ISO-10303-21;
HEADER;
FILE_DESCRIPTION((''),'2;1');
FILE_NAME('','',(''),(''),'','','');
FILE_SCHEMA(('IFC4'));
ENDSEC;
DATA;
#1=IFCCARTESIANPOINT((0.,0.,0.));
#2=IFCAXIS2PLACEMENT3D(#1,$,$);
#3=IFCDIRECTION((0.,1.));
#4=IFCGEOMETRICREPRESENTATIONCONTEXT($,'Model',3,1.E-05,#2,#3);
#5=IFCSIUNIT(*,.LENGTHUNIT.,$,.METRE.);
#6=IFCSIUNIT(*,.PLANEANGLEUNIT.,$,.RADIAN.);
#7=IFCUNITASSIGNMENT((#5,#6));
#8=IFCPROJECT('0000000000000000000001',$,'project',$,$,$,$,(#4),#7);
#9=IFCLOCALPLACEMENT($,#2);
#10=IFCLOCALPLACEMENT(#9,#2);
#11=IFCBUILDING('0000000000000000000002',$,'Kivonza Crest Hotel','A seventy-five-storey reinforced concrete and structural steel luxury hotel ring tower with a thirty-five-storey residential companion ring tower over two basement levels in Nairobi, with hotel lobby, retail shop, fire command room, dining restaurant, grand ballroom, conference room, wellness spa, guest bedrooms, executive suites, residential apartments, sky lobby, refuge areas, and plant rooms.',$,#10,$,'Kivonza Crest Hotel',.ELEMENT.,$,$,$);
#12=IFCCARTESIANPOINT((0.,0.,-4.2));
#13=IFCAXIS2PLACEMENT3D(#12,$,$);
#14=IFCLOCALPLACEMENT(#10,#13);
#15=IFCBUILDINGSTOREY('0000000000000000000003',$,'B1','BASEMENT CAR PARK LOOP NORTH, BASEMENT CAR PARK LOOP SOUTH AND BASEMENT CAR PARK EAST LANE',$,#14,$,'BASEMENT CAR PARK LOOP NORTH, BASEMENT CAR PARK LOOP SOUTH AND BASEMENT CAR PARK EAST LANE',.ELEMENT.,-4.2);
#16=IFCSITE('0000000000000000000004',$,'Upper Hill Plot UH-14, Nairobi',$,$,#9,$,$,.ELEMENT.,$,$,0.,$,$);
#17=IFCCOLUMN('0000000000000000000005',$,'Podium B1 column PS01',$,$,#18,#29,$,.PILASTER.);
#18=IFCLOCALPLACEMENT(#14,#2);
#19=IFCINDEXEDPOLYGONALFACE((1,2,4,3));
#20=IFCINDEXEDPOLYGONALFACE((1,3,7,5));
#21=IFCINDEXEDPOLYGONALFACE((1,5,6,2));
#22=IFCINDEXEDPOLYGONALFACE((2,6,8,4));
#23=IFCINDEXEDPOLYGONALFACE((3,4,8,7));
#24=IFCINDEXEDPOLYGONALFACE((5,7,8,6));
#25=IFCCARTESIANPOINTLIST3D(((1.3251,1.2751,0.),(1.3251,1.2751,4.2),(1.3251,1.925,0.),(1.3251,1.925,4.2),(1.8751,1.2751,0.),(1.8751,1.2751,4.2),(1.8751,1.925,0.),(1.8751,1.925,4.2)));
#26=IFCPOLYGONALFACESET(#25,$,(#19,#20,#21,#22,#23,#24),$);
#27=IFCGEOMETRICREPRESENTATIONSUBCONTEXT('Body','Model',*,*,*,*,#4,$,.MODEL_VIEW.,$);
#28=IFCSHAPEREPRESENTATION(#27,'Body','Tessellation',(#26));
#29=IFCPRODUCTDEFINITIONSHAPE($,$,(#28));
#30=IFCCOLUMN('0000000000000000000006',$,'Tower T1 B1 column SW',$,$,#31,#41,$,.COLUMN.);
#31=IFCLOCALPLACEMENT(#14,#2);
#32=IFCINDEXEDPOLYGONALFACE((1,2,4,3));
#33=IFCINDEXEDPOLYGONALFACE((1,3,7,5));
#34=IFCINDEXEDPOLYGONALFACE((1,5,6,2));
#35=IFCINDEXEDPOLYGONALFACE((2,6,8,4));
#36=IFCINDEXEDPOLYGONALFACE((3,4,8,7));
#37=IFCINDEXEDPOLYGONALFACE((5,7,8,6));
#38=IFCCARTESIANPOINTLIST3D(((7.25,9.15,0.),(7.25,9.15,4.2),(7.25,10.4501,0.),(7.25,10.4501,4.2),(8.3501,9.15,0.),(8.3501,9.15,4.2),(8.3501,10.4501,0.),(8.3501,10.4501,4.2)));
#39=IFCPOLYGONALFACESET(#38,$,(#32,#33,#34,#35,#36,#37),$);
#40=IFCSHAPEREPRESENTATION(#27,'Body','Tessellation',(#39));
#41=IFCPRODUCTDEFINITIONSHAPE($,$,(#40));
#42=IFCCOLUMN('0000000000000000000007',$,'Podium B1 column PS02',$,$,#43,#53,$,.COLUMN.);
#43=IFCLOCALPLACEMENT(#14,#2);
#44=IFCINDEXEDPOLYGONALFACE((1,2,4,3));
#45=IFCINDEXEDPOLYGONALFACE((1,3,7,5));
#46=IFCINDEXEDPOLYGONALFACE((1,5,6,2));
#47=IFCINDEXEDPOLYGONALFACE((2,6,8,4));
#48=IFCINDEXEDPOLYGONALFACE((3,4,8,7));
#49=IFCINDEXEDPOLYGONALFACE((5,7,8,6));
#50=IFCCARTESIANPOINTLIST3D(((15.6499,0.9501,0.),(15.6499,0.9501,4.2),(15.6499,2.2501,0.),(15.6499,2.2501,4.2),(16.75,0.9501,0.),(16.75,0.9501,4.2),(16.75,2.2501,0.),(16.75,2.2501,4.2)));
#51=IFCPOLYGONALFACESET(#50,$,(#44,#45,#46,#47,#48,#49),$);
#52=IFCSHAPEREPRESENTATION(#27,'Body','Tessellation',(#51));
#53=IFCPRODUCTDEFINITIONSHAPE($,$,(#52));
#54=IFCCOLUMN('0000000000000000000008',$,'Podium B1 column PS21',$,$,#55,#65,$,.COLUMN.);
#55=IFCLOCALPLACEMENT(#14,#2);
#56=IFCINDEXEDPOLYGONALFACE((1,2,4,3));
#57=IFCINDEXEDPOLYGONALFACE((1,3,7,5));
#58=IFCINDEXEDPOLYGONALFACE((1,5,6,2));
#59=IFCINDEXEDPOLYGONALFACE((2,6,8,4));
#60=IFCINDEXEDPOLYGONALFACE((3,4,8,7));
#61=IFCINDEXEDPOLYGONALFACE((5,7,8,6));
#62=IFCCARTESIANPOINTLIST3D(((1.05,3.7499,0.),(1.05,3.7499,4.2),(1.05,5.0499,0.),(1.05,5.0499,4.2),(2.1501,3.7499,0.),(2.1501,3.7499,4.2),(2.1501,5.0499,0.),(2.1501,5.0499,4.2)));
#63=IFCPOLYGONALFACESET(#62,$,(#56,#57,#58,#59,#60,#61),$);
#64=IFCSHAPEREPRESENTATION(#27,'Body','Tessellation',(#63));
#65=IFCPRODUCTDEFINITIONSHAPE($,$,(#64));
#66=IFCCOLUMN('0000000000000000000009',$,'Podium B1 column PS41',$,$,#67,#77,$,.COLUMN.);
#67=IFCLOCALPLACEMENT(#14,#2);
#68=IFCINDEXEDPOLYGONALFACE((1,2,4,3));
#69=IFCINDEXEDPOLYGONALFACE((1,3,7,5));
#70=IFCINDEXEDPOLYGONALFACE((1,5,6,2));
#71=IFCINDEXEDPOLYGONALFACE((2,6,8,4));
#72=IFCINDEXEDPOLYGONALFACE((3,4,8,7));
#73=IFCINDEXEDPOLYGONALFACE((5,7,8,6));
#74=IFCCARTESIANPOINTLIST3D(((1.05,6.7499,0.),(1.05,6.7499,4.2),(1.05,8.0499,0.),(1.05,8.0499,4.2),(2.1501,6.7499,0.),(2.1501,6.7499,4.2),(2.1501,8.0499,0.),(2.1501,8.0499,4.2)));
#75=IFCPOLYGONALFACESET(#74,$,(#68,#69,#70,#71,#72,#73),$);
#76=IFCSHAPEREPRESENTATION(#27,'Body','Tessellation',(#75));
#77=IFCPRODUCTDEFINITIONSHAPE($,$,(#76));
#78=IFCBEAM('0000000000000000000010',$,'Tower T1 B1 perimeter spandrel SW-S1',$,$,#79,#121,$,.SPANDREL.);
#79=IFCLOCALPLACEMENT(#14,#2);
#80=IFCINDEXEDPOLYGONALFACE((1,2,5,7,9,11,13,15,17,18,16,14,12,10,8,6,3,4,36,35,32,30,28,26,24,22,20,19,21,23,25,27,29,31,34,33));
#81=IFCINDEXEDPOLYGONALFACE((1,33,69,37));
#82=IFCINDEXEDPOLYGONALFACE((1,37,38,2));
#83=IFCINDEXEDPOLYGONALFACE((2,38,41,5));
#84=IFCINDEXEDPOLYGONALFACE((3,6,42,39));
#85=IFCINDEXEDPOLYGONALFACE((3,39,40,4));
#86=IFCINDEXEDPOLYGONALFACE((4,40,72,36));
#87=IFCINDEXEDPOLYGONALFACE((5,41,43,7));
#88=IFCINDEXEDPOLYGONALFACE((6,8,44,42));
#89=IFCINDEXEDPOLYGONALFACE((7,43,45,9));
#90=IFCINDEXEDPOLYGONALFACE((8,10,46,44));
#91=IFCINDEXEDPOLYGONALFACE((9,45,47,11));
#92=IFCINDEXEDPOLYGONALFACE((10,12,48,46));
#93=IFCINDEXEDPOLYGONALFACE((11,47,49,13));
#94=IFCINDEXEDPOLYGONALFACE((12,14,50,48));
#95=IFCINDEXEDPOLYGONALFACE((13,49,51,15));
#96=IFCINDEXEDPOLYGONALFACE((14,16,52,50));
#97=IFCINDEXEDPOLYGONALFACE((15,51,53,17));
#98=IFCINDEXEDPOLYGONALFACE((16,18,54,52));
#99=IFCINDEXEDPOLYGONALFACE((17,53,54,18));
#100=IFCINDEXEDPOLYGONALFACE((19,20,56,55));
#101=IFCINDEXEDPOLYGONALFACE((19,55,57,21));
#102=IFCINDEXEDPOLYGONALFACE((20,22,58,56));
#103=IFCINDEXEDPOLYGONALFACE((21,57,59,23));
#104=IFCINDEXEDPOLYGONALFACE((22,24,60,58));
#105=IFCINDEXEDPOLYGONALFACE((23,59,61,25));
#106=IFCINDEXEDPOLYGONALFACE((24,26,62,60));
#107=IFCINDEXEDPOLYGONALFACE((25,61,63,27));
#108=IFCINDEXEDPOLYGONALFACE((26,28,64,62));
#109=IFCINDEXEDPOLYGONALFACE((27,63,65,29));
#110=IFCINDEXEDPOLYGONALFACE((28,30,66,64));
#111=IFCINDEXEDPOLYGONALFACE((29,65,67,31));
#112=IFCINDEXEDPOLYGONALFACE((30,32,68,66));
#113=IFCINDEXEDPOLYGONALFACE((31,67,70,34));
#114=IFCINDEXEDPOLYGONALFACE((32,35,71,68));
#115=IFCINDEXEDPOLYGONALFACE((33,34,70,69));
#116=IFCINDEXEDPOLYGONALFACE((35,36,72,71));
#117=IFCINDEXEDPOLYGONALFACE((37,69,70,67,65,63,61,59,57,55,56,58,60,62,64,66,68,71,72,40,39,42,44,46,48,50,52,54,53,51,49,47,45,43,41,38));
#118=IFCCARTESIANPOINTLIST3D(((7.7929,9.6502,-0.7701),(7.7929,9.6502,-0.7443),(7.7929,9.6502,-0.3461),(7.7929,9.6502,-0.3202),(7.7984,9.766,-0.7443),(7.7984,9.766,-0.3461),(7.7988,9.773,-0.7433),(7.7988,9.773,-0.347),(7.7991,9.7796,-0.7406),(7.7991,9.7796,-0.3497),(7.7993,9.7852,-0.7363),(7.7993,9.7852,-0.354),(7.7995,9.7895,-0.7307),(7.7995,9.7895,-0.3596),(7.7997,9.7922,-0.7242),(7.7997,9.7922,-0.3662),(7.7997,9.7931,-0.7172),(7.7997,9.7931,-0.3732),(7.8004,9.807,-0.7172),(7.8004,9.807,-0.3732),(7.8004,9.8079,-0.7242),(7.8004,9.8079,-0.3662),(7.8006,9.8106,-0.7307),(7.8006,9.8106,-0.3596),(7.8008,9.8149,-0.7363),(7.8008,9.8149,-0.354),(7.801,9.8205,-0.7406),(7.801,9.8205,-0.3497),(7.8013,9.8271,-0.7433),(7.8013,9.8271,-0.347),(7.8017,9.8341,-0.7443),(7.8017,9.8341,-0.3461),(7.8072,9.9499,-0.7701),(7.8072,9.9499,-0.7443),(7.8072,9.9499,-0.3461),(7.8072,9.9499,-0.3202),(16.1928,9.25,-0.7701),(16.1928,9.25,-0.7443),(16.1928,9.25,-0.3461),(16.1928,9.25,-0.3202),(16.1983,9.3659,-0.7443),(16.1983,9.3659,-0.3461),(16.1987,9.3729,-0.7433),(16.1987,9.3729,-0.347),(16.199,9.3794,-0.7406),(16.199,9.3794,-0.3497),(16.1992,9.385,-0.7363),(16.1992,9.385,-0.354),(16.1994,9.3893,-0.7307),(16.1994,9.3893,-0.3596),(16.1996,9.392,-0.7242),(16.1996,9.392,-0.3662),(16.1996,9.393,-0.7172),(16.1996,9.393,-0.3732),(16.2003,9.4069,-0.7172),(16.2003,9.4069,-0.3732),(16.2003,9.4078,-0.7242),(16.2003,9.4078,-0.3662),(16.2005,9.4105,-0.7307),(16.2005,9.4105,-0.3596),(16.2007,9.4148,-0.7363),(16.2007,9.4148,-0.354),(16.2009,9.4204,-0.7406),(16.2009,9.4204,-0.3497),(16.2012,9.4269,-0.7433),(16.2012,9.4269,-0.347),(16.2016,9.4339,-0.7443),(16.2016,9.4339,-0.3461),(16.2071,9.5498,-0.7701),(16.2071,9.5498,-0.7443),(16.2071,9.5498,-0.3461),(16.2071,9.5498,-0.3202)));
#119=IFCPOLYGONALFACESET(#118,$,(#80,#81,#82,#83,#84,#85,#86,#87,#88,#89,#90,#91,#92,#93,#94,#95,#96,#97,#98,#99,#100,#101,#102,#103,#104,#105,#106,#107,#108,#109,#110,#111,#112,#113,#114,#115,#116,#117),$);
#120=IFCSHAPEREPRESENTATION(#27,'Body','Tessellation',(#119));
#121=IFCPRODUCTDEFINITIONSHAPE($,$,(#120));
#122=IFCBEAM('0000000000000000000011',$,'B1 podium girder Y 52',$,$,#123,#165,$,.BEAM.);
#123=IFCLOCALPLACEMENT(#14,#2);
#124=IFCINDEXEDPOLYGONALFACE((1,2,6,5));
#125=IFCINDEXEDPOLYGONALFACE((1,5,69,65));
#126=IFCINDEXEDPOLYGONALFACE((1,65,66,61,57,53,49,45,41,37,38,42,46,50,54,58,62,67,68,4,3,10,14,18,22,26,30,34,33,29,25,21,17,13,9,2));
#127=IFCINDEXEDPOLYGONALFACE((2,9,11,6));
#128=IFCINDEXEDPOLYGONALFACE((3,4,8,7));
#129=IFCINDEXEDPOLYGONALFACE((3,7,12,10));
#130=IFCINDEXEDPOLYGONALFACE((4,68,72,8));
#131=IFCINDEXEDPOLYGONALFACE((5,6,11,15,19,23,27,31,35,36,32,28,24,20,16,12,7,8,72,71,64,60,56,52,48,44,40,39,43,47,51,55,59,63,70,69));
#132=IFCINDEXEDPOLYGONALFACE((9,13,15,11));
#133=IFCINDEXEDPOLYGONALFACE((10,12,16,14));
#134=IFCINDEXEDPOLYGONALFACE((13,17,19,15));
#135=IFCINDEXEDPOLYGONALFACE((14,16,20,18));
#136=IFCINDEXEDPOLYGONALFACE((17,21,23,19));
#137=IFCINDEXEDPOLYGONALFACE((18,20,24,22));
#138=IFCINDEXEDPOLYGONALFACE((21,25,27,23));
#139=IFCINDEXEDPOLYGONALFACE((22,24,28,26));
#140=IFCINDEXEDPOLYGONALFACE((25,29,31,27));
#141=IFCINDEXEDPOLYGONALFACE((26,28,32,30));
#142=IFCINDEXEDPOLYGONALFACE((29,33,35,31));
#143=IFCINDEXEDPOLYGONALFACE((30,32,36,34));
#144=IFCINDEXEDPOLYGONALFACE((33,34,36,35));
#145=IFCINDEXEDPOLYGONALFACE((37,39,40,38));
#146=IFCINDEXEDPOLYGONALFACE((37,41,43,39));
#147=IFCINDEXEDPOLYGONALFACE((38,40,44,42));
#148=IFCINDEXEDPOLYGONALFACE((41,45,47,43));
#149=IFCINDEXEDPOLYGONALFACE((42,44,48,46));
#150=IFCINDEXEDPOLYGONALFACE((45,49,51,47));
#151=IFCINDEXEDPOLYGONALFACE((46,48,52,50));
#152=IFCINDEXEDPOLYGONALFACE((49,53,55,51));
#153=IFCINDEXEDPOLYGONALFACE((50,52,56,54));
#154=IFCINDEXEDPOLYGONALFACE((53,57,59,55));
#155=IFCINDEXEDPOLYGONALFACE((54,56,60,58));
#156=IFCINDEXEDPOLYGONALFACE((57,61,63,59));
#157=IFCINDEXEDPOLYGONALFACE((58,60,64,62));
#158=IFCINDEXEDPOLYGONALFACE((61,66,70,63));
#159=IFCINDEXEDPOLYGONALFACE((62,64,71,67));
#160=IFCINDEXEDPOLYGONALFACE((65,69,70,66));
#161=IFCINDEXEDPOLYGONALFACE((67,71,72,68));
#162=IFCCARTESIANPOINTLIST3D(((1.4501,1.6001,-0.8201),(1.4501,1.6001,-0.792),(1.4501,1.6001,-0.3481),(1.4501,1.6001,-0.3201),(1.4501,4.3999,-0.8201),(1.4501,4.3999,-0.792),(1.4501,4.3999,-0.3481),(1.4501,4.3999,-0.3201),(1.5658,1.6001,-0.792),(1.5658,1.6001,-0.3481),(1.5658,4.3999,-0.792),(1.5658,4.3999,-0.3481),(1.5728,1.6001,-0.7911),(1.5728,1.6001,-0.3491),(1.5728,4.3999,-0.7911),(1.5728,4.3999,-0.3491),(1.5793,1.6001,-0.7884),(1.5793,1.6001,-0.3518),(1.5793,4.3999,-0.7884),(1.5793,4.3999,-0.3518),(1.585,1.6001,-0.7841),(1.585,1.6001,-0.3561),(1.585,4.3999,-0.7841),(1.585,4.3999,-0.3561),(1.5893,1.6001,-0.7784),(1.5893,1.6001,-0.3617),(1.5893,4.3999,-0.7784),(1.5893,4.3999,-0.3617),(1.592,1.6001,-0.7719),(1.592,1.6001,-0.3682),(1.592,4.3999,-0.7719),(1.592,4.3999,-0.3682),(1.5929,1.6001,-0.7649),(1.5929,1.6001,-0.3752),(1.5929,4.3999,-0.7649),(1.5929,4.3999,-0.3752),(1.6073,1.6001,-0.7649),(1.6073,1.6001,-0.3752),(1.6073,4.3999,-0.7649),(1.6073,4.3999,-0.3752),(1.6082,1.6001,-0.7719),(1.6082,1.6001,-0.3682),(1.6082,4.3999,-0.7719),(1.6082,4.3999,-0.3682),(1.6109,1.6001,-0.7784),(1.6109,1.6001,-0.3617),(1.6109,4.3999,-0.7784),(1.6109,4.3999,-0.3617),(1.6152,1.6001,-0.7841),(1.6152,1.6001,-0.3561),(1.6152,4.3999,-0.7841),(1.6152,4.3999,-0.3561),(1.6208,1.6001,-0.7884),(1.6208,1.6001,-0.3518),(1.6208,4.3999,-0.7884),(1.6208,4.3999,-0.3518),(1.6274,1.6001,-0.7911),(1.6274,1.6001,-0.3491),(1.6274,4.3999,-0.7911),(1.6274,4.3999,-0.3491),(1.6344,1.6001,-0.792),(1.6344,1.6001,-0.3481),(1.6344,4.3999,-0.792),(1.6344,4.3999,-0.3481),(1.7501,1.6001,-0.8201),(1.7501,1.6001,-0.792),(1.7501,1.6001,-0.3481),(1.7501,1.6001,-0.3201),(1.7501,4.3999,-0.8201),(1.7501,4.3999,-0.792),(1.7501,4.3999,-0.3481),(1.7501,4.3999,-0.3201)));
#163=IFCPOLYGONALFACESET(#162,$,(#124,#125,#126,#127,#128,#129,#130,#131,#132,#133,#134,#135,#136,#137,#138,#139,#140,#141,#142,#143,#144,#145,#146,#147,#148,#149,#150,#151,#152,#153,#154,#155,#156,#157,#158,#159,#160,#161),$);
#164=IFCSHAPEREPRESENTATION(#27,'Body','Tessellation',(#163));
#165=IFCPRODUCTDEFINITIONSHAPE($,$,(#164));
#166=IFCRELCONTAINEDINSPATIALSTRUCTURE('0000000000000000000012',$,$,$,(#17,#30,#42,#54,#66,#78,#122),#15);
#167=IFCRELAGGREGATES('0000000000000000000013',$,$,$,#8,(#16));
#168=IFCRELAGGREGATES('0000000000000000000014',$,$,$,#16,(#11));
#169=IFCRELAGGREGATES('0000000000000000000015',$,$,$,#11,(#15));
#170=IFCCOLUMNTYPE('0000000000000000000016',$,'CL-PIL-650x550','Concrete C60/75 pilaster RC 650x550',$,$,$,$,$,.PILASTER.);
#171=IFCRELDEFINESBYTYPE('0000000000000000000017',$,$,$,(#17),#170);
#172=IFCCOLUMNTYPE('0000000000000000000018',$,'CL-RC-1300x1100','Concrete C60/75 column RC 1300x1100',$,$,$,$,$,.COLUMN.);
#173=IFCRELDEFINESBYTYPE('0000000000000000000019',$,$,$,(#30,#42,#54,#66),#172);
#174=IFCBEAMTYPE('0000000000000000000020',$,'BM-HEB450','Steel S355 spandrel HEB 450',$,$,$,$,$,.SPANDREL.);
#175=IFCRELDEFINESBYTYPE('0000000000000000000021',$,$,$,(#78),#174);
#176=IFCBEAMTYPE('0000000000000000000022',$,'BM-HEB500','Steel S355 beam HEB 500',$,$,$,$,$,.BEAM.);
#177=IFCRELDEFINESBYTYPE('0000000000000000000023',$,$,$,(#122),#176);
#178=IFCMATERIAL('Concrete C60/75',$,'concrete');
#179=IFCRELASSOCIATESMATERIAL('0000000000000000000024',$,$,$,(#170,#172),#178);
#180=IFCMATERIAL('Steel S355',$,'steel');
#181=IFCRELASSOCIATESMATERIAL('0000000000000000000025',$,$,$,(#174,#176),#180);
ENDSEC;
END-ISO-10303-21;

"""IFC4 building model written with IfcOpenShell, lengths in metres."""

from ifc_helpers import new_model, si_unit, direction, frame, origin, origin_2d, place, context, subcontext, project, spatial, rectangle, i_section, extrude, material, material_profile, profile_set, type_object, element, save


model = new_model("IFC4")

# Units and contexts
model_context = context("Model", 3, precision=1e-05, world=origin(), true_north=direction((0.0, 1.0)))
body_context = subcontext(model_context, "Body", "Model", "MODEL_VIEW")
ifc_project = project(units=[si_unit("LENGTHUNIT", "METRE"), si_unit("PLANEANGLEUNIT", "RADIAN")], contexts=[model_context])

# Site, building, storey
site_placement = place(None, origin())
site = spatial("IfcSite", under=ifc_project, at=site_placement, Name="Upper Hill Plot UH-14, Nairobi", CompositionType="ELEMENT", RefElevation=0.0)
building_placement = place(site_placement, origin())
building = spatial("IfcBuilding", under=site, at=building_placement, Name="Kivonza Crest Hotel", Description="A seventy-five-storey reinforced concrete and structural steel luxury hotel ring tower with a thirty-five-storey residential companion ring tower over two basement levels in Nairobi, with hotel lobby, retail shop, fire command room, dining restaurant, grand ballroom, conference room, wellness spa, guest bedrooms, executive suites, residential apartments, sky lobby, refuge areas, and plant rooms.", LongName="Kivonza Crest Hotel", CompositionType="ELEMENT")
storey_placement = place(building_placement, frame((0.0, 0.0, -4.2)))
storey = spatial("IfcBuildingStorey", under=building, at=storey_placement, Name="B1", Description="BASEMENT CAR PARK LOOP NORTH, BASEMENT CAR PARK LOOP SOUTH AND BASEMENT CAR PARK EAST LANE", LongName="BASEMENT CAR PARK LOOP NORTH, BASEMENT CAR PARK LOOP SOUTH AND BASEMENT CAR PARK EAST LANE", CompositionType="ELEMENT", Elevation=-4.2)

# Columns
ifc_material_1 = material(Name="Concrete C60/75", Category="concrete")
ifc_material_profile_1 = material_profile(ifc_material_1, rectangle(XDim=0.55, YDim=0.6499, at=origin_2d()), Name="RC 650x550")
ifc_profile_set_1 = profile_set([ifc_material_profile_1], Name="Concrete C60/75")
column_type_1 = type_object("IfcColumnType", Name="CL-PIL-650x550", Description="Concrete C60/75 pilaster RC 650x550", PredefinedType="PILASTER", material=ifc_profile_set_1)
column_placement = place(storey_placement, frame((1.6001, 1.6001, 0.0), z_axis=(0.0, 0.0, 1.0), x_axis=(1.0, 0.0, 0.0)))
element("IfcColumn", 1, at=column_placement, inside=storey, type_object=column_type_1, Name="Podium B1 column PS01", PredefinedType="PILASTER", context=body_context, shape_type="SweptSolid", body=[
    extrude(rectangle(XDim=0.55, YDim=0.6499, at=origin_2d()), origin(), (0.0, 0.0, 1.0), 4.2),
])
ifc_material_profile_2 = material_profile(ifc_material_1, rectangle(XDim=1.1001, YDim=1.3, at=origin_2d()), Name="RC 1300x1100")
ifc_profile_set_2 = profile_set([ifc_material_profile_2], Name="Concrete C60/75")
column_type_2 = type_object("IfcColumnType", Name="CL-RC-1300x1100", Description="Concrete C60/75 column RC 1300x1100", PredefinedType="COLUMN", material=ifc_profile_set_2)
for number, where, z_axis, x_axis, name in (
    (2, (7.8, 9.8, 0.0), (0.0, 0.0, 1.0), (1.0, 0.0, 0.0), "Tower T1 B1 column SW"),
    (3, (16.2, 1.6001, 0.0), (0.0, 0.0, 1.0), (1.0, 0.0, 0.0), "Podium B1 column PS02"),
    (4, (1.6001, 4.3999, 0.0), (0.0, 0.0, 1.0), (1.0, 0.0, 0.0), "Podium B1 column PS21"),
    (5, (1.6001, 7.3999, 0.0), (0.0, 0.0, 1.0), (1.0, 0.0, 0.0), "Podium B1 column PS41"),
):
    element("IfcColumn", number, at=place(storey_placement, frame(where, z_axis=z_axis, x_axis=x_axis)), inside=storey, type_object=column_type_2, Name=name, PredefinedType="COLUMN", context=body_context, shape_type="SweptSolid", body=[
        extrude(rectangle(XDim=1.1001, YDim=1.3, at=origin_2d()), origin(), (0.0, 0.0, 1.0), 4.2),
    ])

# Beams
ifc_material_2 = material(Name="Steel S355", Category="steel")
ifc_material_profile_3 = material_profile(ifc_material_2, i_section(OverallWidth=0.3, OverallDepth=0.45, WebThickness=0.0139, FlangeThickness=0.0259, FilletRadius=0.0271, at=origin_2d()), Name="HEB 450")
ifc_profile_set_3 = profile_set([ifc_material_profile_3], Name="Steel S355")
beam_type_1 = type_object("IfcBeamType", Name="BM-HEB450", Description="Steel S355 spandrel HEB 450", PredefinedType="SPANDREL", material=ifc_profile_set_3)
beam_1_placement = place(storey_placement, frame((7.8, 9.8, -0.5452), z_axis=(0.998867, -0.047583, 0.0), x_axis=(0.047583, 0.998867, 0.0)))
element("IfcBeam", 6, at=beam_1_placement, inside=storey, type_object=beam_type_1, Name="Tower T1 B1 perimeter spandrel SW-S1", PredefinedType="SPANDREL", context=body_context, shape_type="SweptSolid", body=[
    extrude(i_section(OverallWidth=0.3, OverallDepth=0.45, WebThickness=0.0139, FlangeThickness=0.0259, FilletRadius=0.0271, at=origin_2d()), origin(), (0.0, 0.0, 1.0), 8.4094),
])
ifc_material_profile_4 = material_profile(ifc_material_2, i_section(OverallWidth=0.3, OverallDepth=0.5, WebThickness=0.0144, FlangeThickness=0.0281, FilletRadius=0.0271, at=origin_2d()), Name="HEB 500")
ifc_profile_set_4 = profile_set([ifc_material_profile_4], Name="Steel S355")
beam_type_2 = type_object("IfcBeamType", Name="BM-HEB500", Description="Steel S355 beam HEB 500", PredefinedType="BEAM", material=ifc_profile_set_4)
beam_2_placement = place(storey_placement, frame((1.6001, 1.6001, -0.5701), z_axis=(0.0, 1.0, 0.0), x_axis=(-1.0, 0.0, 0.0)))
element("IfcBeam", 7, at=beam_2_placement, inside=storey, type_object=beam_type_2, Name="B1 podium girder Y 52", PredefinedType="BEAM", context=body_context, shape_type="SweptSolid", body=[
    extrude(i_section(OverallWidth=0.3, OverallDepth=0.5, WebThickness=0.0144, FlangeThickness=0.0281, FilletRadius=0.0271, at=origin_2d()), origin(), (0.0, 0.0, 1.0), 2.7998),
])

save(model, "model.ifc")
